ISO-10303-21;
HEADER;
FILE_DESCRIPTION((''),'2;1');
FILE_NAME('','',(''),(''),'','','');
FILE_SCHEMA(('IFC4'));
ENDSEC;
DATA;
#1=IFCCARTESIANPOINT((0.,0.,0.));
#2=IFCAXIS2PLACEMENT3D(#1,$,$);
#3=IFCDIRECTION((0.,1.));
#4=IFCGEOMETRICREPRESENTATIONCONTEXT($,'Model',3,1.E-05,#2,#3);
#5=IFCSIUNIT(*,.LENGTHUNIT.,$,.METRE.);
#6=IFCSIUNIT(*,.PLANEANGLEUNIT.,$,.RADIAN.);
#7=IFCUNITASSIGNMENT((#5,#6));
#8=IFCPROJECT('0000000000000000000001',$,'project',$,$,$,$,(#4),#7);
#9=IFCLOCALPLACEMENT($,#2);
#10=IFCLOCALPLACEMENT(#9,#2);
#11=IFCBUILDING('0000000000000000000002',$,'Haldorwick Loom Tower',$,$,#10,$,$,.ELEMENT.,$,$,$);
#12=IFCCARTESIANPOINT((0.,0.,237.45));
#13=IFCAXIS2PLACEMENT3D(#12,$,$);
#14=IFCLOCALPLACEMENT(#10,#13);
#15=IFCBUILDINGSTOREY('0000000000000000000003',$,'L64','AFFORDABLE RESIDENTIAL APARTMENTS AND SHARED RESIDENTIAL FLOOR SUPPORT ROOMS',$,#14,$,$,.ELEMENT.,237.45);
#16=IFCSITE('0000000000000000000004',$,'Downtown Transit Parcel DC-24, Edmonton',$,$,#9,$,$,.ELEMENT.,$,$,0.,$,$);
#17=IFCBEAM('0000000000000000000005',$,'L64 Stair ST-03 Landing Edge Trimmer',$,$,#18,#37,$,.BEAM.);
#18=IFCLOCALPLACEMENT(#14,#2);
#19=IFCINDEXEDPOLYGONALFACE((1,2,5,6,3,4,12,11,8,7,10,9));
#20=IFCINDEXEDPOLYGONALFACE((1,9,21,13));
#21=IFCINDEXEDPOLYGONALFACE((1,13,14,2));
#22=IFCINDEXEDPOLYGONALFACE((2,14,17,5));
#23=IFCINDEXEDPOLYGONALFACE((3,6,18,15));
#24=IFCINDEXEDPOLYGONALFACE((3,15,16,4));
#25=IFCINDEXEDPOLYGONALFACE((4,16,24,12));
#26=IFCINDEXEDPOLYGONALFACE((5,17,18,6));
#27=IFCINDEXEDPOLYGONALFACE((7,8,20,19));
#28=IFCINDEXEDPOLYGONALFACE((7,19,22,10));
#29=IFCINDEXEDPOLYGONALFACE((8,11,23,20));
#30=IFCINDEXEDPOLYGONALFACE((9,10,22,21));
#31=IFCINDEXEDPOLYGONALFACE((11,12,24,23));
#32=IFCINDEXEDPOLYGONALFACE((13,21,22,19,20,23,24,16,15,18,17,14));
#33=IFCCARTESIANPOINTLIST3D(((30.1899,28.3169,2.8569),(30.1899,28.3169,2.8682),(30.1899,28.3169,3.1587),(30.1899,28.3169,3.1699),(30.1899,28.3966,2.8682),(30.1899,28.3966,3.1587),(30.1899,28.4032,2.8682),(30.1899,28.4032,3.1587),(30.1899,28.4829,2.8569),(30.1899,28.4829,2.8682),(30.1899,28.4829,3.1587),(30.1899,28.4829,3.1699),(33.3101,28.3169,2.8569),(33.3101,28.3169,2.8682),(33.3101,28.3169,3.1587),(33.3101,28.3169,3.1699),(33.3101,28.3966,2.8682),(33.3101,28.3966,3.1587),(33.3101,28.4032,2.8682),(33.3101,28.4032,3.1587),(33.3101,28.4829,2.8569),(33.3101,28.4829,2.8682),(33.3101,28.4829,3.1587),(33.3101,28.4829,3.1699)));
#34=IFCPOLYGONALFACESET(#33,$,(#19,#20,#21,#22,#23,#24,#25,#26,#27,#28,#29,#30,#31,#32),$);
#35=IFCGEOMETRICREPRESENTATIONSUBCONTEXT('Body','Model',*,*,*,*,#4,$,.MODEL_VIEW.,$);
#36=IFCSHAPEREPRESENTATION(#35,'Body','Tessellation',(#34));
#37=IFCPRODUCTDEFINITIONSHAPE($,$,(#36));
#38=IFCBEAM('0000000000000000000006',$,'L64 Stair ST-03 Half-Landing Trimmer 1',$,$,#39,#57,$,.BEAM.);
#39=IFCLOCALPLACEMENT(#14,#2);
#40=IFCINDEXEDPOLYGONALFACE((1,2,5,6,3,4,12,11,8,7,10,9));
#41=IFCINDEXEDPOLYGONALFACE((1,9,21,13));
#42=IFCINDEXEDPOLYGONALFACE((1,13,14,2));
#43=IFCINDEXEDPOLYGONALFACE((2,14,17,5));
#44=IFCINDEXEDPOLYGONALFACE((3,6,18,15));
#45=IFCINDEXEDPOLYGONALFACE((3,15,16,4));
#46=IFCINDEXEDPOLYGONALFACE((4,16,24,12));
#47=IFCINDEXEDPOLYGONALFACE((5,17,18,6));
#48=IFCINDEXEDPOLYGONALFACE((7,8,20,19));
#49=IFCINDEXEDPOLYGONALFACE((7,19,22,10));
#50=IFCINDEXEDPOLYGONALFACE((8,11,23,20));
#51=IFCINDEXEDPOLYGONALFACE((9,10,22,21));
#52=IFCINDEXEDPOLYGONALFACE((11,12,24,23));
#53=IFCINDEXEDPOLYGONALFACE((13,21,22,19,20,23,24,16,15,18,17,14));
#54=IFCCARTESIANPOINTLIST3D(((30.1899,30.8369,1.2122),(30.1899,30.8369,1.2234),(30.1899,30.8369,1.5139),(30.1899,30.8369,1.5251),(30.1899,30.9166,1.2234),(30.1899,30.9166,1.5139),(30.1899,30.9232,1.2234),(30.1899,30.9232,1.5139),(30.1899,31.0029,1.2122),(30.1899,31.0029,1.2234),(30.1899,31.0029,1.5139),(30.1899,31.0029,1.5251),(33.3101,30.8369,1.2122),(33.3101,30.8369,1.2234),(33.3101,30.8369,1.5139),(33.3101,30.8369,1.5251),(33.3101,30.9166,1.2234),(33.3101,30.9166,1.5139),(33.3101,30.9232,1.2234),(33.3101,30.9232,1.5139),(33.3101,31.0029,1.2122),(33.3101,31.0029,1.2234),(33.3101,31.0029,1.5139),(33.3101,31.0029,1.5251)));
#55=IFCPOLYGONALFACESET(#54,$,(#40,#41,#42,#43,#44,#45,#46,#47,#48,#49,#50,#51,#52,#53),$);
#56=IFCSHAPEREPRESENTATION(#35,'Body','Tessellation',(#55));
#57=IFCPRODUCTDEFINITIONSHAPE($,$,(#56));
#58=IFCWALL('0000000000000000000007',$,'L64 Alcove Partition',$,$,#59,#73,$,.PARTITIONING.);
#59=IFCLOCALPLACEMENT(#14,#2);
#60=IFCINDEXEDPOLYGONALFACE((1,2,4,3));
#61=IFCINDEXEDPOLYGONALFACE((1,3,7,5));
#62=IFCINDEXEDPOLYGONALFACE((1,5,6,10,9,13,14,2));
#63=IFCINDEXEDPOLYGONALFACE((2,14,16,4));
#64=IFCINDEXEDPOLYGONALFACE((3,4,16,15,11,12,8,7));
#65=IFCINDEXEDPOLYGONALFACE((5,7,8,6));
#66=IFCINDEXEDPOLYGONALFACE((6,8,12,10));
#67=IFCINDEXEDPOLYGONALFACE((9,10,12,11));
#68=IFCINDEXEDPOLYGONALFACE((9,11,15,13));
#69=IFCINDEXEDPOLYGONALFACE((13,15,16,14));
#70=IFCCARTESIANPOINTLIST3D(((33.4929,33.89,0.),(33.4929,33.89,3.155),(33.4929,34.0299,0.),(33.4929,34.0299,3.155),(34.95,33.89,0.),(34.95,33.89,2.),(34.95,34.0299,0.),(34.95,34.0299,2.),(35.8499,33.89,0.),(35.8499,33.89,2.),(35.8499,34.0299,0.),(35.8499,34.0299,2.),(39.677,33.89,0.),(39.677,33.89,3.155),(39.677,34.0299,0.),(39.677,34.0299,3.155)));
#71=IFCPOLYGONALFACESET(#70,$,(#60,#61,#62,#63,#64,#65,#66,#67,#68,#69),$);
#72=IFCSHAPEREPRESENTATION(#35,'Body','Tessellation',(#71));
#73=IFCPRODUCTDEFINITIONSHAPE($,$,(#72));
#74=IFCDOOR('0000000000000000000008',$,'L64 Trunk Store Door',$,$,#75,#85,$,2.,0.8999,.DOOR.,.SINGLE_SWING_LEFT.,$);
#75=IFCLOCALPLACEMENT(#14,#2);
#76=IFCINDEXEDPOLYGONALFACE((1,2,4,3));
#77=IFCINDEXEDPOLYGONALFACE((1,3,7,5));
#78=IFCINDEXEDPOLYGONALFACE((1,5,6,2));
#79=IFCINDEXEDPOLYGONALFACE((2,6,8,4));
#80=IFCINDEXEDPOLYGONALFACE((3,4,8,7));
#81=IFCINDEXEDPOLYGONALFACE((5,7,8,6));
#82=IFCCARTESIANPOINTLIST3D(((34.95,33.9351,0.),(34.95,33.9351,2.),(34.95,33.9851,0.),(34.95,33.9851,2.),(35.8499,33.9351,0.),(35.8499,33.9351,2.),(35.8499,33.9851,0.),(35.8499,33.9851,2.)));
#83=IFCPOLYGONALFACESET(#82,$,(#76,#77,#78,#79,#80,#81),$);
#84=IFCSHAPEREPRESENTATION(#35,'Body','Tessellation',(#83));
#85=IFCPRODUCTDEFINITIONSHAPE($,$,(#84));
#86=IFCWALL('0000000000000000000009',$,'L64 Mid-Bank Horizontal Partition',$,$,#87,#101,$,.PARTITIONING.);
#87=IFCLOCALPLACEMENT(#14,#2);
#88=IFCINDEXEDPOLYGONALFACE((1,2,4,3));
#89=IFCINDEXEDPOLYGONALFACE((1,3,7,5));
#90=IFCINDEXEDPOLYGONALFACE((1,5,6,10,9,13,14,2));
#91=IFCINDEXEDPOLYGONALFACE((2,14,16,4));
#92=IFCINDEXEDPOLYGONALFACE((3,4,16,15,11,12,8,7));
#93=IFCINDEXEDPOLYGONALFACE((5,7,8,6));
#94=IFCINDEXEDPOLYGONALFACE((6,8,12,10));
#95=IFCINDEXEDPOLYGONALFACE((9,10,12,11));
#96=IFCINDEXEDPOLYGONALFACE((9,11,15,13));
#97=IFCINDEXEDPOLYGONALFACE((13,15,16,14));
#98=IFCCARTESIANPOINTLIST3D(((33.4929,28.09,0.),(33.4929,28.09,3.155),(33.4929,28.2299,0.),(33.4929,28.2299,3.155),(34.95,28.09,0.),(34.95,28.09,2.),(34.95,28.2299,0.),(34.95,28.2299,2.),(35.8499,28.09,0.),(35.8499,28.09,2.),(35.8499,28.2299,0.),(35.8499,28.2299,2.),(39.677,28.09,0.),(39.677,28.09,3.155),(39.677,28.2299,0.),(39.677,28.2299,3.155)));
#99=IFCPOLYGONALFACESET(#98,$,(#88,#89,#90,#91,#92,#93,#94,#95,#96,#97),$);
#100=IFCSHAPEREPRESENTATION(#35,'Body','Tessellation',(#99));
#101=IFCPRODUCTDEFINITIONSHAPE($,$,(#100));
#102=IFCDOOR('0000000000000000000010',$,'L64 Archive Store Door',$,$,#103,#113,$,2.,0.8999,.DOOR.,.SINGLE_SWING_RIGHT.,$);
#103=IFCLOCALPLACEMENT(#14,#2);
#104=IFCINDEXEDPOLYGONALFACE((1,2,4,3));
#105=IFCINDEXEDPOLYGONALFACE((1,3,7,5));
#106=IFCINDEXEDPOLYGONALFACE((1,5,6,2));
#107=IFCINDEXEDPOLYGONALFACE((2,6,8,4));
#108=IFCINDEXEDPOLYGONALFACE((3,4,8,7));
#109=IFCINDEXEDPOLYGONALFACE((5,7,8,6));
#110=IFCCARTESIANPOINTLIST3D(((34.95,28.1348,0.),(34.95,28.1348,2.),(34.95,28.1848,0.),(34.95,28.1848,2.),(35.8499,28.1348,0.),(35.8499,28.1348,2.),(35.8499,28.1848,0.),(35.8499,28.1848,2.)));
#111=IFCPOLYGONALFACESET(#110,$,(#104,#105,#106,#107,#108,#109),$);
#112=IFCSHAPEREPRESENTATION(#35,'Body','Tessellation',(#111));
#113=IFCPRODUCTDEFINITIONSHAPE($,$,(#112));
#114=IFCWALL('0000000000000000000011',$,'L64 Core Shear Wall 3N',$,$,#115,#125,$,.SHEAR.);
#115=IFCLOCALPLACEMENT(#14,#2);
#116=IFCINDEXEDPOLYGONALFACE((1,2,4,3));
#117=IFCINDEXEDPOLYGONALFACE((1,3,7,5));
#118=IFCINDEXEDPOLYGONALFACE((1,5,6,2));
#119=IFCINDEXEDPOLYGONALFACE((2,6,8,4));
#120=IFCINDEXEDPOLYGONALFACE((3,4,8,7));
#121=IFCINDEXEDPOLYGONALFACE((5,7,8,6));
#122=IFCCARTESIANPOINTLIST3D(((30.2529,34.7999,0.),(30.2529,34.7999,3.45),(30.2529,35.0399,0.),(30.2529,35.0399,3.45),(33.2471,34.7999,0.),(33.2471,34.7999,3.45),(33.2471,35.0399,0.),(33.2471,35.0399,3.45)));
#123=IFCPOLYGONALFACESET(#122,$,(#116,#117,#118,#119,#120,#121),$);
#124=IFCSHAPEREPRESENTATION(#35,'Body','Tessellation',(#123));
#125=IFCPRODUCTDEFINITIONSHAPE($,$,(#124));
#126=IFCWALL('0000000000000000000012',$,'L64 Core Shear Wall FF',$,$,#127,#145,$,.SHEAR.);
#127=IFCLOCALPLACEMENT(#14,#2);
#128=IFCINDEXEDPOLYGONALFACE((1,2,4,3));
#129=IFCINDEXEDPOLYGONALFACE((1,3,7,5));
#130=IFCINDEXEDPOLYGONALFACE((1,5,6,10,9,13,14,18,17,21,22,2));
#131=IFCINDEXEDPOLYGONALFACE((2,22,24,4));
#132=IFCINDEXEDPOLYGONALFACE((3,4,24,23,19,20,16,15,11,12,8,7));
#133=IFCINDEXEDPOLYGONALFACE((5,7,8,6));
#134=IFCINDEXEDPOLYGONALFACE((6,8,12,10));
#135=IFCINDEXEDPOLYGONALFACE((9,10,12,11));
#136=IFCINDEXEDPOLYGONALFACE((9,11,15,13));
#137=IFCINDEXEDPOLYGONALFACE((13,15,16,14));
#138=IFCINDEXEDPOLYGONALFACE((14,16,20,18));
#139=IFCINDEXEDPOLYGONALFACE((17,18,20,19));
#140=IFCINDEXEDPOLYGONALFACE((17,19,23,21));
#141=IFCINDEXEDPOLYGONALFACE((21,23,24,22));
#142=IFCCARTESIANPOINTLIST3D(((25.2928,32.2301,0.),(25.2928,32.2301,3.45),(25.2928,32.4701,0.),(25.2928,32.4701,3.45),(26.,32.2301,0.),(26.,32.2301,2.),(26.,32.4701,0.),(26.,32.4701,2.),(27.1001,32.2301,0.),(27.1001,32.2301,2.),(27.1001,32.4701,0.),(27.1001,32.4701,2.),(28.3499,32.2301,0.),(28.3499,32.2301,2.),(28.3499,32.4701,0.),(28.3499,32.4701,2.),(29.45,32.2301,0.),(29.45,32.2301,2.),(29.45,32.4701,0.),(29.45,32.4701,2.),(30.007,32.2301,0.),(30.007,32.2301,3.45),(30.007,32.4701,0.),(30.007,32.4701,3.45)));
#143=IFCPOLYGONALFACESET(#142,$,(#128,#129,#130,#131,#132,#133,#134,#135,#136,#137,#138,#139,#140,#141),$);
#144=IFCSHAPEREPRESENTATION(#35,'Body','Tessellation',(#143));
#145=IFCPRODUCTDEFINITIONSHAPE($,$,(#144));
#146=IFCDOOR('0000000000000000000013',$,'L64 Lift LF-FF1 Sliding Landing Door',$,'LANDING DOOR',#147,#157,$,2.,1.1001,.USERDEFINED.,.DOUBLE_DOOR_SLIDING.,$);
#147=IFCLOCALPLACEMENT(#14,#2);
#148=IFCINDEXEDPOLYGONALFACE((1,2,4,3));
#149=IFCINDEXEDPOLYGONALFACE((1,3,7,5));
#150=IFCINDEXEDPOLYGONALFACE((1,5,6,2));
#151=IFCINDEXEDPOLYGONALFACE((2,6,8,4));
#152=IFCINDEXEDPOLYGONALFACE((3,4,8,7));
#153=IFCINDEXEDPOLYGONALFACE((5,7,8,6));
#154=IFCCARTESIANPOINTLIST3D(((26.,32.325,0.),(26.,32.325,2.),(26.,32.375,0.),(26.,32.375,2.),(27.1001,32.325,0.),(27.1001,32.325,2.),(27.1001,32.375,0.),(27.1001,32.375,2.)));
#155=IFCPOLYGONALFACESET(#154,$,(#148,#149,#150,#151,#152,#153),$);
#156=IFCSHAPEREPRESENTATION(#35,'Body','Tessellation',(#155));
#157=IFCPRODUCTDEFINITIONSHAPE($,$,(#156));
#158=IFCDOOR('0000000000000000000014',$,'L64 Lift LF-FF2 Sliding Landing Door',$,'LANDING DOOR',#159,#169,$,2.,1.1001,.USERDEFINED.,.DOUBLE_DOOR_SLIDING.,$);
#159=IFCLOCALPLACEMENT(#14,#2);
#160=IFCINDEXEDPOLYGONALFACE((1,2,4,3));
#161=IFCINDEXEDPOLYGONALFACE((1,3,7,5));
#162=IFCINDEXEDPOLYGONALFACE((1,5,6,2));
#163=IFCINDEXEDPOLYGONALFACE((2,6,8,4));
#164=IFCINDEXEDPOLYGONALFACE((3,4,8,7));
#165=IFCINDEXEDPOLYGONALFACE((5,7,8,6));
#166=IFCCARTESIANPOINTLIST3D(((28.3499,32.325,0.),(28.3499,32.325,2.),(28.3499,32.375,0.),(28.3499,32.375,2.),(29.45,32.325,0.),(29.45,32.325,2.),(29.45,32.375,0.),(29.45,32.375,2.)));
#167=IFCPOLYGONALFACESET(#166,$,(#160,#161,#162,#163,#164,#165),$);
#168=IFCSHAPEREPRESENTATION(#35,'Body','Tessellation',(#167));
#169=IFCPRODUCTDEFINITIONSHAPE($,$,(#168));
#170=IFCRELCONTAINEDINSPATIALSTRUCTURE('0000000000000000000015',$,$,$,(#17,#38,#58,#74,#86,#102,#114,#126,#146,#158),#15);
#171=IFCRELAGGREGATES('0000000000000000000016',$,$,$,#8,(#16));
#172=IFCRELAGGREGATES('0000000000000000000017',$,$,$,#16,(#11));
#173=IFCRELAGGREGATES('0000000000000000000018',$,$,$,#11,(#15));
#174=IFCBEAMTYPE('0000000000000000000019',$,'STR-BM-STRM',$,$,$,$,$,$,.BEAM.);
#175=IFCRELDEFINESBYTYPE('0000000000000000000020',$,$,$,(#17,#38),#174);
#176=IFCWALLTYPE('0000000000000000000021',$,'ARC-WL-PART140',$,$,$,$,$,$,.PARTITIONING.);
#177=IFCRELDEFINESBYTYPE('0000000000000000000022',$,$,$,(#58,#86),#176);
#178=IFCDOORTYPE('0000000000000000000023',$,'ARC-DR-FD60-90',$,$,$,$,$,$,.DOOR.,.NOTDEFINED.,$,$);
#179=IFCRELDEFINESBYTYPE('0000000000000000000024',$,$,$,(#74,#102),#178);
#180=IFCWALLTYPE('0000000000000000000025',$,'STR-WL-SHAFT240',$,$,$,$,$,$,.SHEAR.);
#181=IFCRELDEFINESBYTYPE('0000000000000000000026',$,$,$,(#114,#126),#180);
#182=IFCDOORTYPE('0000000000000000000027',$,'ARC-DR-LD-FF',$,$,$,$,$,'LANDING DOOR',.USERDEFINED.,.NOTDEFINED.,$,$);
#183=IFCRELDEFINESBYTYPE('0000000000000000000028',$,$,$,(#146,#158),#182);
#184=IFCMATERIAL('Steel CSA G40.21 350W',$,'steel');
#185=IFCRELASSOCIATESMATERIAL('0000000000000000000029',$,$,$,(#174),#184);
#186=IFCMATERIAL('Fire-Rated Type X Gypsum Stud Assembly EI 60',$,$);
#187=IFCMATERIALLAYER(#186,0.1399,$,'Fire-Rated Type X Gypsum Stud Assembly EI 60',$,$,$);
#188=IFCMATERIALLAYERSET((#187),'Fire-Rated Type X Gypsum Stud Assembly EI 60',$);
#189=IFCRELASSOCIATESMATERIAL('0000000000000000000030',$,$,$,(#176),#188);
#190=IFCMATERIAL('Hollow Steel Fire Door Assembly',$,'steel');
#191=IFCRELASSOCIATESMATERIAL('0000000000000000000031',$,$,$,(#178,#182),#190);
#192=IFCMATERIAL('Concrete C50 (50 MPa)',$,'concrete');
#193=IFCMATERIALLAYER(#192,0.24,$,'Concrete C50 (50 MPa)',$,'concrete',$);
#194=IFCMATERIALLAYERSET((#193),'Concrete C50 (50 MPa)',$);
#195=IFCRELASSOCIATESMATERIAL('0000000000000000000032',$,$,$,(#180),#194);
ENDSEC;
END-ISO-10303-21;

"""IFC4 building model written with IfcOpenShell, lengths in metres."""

from ifc_helpers import new_model, si_unit, direction, frame, frame_2d, origin, origin_2d, place, context, subcontext, project, spatial, rectangle, i_section, extrude, material, layer, layer_set, material_profile, profile_set, type_object, element, fill, save


model = new_model("IFC4")

# Units and contexts
model_context = context("Model", 3, precision=1e-05, world=origin(), true_north=direction((0.0, 1.0)))
body_context = subcontext(model_context, "Body", "Model", "MODEL_VIEW")
ifc_project = project(units=[si_unit("LENGTHUNIT", "METRE"), si_unit("PLANEANGLEUNIT", "RADIAN")], contexts=[model_context])

# Site, building, storey
site_placement = place(None, origin())
site = spatial("IfcSite", under=ifc_project, at=site_placement, Name="Downtown Transit Parcel DC-24, Edmonton", CompositionType="ELEMENT", RefElevation=0.0)
building_placement = place(site_placement, origin())
building = spatial("IfcBuilding", under=site, at=building_placement, Name="Haldorwick Loom Tower", CompositionType="ELEMENT")
storey_placement = place(building_placement, frame((0.0, 0.0, 237.45)))
storey = spatial("IfcBuildingStorey", under=building, at=storey_placement, Name="L64", Description="AFFORDABLE RESIDENTIAL APARTMENTS AND SHARED RESIDENTIAL FLOOR SUPPORT ROOMS", CompositionType="ELEMENT", Elevation=237.45)

# Beams
ifc_material_1 = material(Name="Steel CSA G40.21 350W", Category="steel")
ifc_material_profile = material_profile(ifc_material_1, i_section(OverallWidth=0.166, OverallDepth=0.313, WebThickness=0.0066, FlangeThickness=0.0112, at=origin_2d()), Name="W310X45", Category="steel")
ifc_profile_set = profile_set([ifc_material_profile], Name="Steel CSA G40.21 350W")
beam_type = type_object("IfcBeamType", Name="STR-BM-STRM", PredefinedType="BEAM", material=ifc_profile_set)
for number, where, z_axis, x_axis, name in (
    (1, (30.1899, 28.3999, 3.0134), (1.0, 0.0, 0.0), (0.0, 1.0, 0.0), "L64 Stair ST-03 Landing Edge Trimmer"),
    (2, (30.1899, 30.9199, 1.3687), (1.0, 0.0, 0.0), (0.0, 1.0, 0.0), "L64 Stair ST-03 Half-Landing Trimmer 1"),
):
    element("IfcBeam", number, at=place(storey_placement, frame(where, z_axis=z_axis, x_axis=x_axis)), inside=storey, type_object=beam_type, Name=name, PredefinedType="BEAM", context=body_context, shape_type="SweptSolid", body=[
        extrude(i_section(OverallWidth=0.166, OverallDepth=0.313, WebThickness=0.0066, FlangeThickness=0.0112, at=origin_2d()), origin(), (0.0, 0.0, 1.0), 3.1201),
    ])

# Walls, openings, doors
ifc_material_2 = material(Name="Fire-Rated Type X Gypsum Stud Assembly EI 60")
ifc_layer_1 = layer(ifc_material_2, 0.1399, Name="Fire-Rated Type X Gypsum Stud Assembly EI 60")
ifc_layer_set_1 = layer_set([ifc_layer_1], Name="Fire-Rated Type X Gypsum Stud Assembly EI 60")
wall_type_1 = type_object("IfcWallType", Name="ARC-WL-PART140", PredefinedType="PARTITIONING", material=ifc_layer_set_1)
wall_1_placement = place(storey_placement, frame((33.4929, 33.96, 0.0), z_axis=(0.0, 0.0, 1.0), x_axis=(1.0, 0.0, 0.0)))
wall_1 = element("IfcWall", 3, at=wall_1_placement, inside=storey, type_object=wall_type_1, Name="L64 Alcove Partition", PredefinedType="PARTITIONING", context=body_context, shape_type="SweptSolid", body=[
    extrude(rectangle(XDim=6.1841, YDim=0.1399, at=frame_2d((3.092, 0.0))), origin(), (0.0, 0.0, 1.0), 3.155),
])
opening_1_placement = place(wall_1_placement, frame((1.457, 0.0, 0.0)))
opening_1 = element("IfcOpeningElement", 4, at=opening_1_placement, cuts=wall_1, PredefinedType="OPENING", context=body_context, shape_type="SweptSolid", body=[
    extrude(rectangle(XDim=0.8999, YDim=2.0, at=frame_2d((0.45, 1.0))), frame((0.0, 0.0798, 0.0), z_axis=(0.0, -1.0, 0.0), x_axis=(1.0, 0.0, 0.0)), (0.0, 0.0, 1.0), 0.1599),
])
ifc_material_3 = material(Name="Hollow Steel Fire Door Assembly", Category="steel")
door_type_1 = type_object("IfcDoorType", Name="ARC-DR-FD60-90", OperationType="NOTDEFINED", PredefinedType="DOOR", material=ifc_material_3)
door_1_placement = place(opening_1_placement, frame((0.8999, 0.0, 0.0), z_axis=(0.0, 0.0, 1.0), x_axis=(-1.0, 0.0, 0.0)))
door_1 = element("IfcDoor", 5, at=door_1_placement, inside=storey, type_object=door_type_1, Name="L64 Trunk Store Door", OperationType="SINGLE_SWING_LEFT", OverallHeight=2.0, OverallWidth=0.8999, PredefinedType="DOOR", context=body_context, shape_type="SweptSolid", body=[
    extrude(rectangle(XDim=0.8999, YDim=2.0, at=frame_2d((0.45, 1.0))), frame((0.0, 0.0249, 0.0), z_axis=(0.0, -1.0, 0.0), x_axis=(1.0, 0.0, 0.0)), (0.0, 0.0, 1.0), 0.05),
])
fill(opening_1, door_1)
wall_2_placement = place(storey_placement, frame((33.4929, 28.1599, 0.0), z_axis=(0.0, 0.0, 1.0), x_axis=(1.0, 0.0, 0.0)))
wall_2 = element("IfcWall", 6, at=wall_2_placement, inside=storey, type_object=wall_type_1, Name="L64 Mid-Bank Horizontal Partition", PredefinedType="PARTITIONING", context=body_context, shape_type="SweptSolid", body=[
    extrude(rectangle(XDim=6.1841, YDim=0.1399, at=frame_2d((3.092, 0.0))), origin(), (0.0, 0.0, 1.0), 3.155),
])
opening_2_placement = place(wall_2_placement, frame((1.457, 0.0, 0.0)))
opening_2 = element("IfcOpeningElement", 7, at=opening_2_placement, cuts=wall_2, PredefinedType="OPENING", context=body_context, shape_type="SweptSolid", body=[
    extrude(rectangle(XDim=0.8999, YDim=2.0, at=frame_2d((0.45, 1.0))), frame((0.0, 0.0798, 0.0), z_axis=(0.0, -1.0, 0.0), x_axis=(1.0, 0.0, 0.0)), (0.0, 0.0, 1.0), 0.1599),
])
door_2_placement = place(opening_2_placement, origin())
door_2 = element("IfcDoor", 8, at=door_2_placement, inside=storey, type_object=door_type_1, Name="L64 Archive Store Door", OperationType="SINGLE_SWING_RIGHT", OverallHeight=2.0, OverallWidth=0.8999, PredefinedType="DOOR", context=body_context, shape_type="SweptSolid", body=[
    extrude(rectangle(XDim=0.8999, YDim=2.0, at=frame_2d((0.45, 1.0))), frame((0.0, 0.0249, 0.0), z_axis=(0.0, -1.0, 0.0), x_axis=(1.0, 0.0, 0.0)), (0.0, 0.0, 1.0), 0.05),
])
fill(opening_2, door_2)

# Wall
ifc_material_4 = material(Name="Concrete C50 (50 MPa)", Category="concrete")
ifc_layer_2 = layer(ifc_material_4, 0.24, Name="Concrete C50 (50 MPa)", Category="concrete")
ifc_layer_set_2 = layer_set([ifc_layer_2], Name="Concrete C50 (50 MPa)")
wall_type_2 = type_object("IfcWallType", Name="STR-WL-SHAFT240", PredefinedType="SHEAR", material=ifc_layer_set_2)
wall_3_placement = place(storey_placement, frame((30.2529, 34.9199, 0.0), z_axis=(0.0, 0.0, 1.0), x_axis=(1.0, 0.0, 0.0)))
element("IfcWall", 9, at=wall_3_placement, inside=storey, type_object=wall_type_2, Name="L64 Core Shear Wall 3N", PredefinedType="SHEAR", context=body_context, shape_type="SweptSolid", body=[
    extrude(rectangle(XDim=2.9941, YDim=0.24, at=frame_2d((1.4971, 0.0))), origin(), (0.0, 0.0, 1.0), 3.45),
])

# Wall, openings, doors
wall_4_placement = place(storey_placement, frame((25.293, 32.3501, 0.0), z_axis=(0.0, 0.0, 1.0), x_axis=(1.0, 0.0, 0.0)))
wall_4 = element("IfcWall", 10, at=wall_4_placement, inside=storey, type_object=wall_type_2, Name="L64 Core Shear Wall FF", PredefinedType="SHEAR", context=body_context, shape_type="SweptSolid", body=[
    extrude(rectangle(XDim=4.7141, YDim=0.24, at=frame_2d((2.3569, 0.0))), origin(), (0.0, 0.0, 1.0), 3.45),
])
opening_3_placement = place(wall_4_placement, frame((0.707, 0.0, 0.0)))
opening_3 = element("IfcOpeningElement", 11, at=opening_3_placement, cuts=wall_4, PredefinedType="OPENING", context=body_context, shape_type="SweptSolid", body=[
    extrude(rectangle(XDim=1.1001, YDim=2.0, at=frame_2d((0.55, 1.0))), frame((0.0, 0.1299, 0.0), z_axis=(0.0, -1.0, 0.0), x_axis=(1.0, 0.0, 0.0)), (0.0, 0.0, 1.0), 0.26),
])
opening_4_placement = place(wall_4_placement, frame((3.0569, 0.0, 0.0)))
opening_4 = element("IfcOpeningElement", 12, at=opening_4_placement, cuts=wall_4, PredefinedType="OPENING", context=body_context, shape_type="SweptSolid", body=[
    extrude(rectangle(XDim=1.1001, YDim=2.0, at=frame_2d((0.55, 1.0))), frame((0.0, 0.1299, 0.0), z_axis=(0.0, -1.0, 0.0), x_axis=(1.0, 0.0, 0.0)), (0.0, 0.0, 1.0), 0.26),
])
door_type_2 = type_object("IfcDoorType", Name="ARC-DR-LD-FF", ElementType="LANDING DOOR", OperationType="NOTDEFINED", PredefinedType="USERDEFINED", material=ifc_material_3)
door_3_placement = place(opening_3_placement, origin())
door_3 = element("IfcDoor", 13, at=door_3_placement, inside=storey, type_object=door_type_2, Name="L64 Lift LF-FF1 Sliding Landing Door", ObjectType="LANDING DOOR", OperationType="DOUBLE_DOOR_SLIDING", OverallHeight=2.0, OverallWidth=1.1001, PredefinedType="USERDEFINED", context=body_context, shape_type="SweptSolid", body=[
    extrude(rectangle(XDim=1.1001, YDim=2.0, at=frame_2d((0.55, 1.0))), frame((0.0, 0.0249, 0.0), z_axis=(0.0, -1.0, 0.0), x_axis=(1.0, 0.0, 0.0)), (0.0, 0.0, 1.0), 0.05),
])
fill(opening_3, door_3)
door_4_placement = place(opening_4_placement, origin())
door_4 = element("IfcDoor", 14, at=door_4_placement, inside=storey, type_object=door_type_2, Name="L64 Lift LF-FF2 Sliding Landing Door", ObjectType="LANDING DOOR", OperationType="DOUBLE_DOOR_SLIDING", OverallHeight=2.0, OverallWidth=1.1001, PredefinedType="USERDEFINED", context=body_context, shape_type="SweptSolid", body=[
    extrude(rectangle(XDim=1.1001, YDim=2.0, at=frame_2d((0.55, 1.0))), frame((0.0, 0.0249, 0.0), z_axis=(0.0, -1.0, 0.0), x_axis=(1.0, 0.0, 0.0)), (0.0, 0.0, 1.0), 0.05),
])
fill(opening_4, door_4)

save(model, "model.ifc")
